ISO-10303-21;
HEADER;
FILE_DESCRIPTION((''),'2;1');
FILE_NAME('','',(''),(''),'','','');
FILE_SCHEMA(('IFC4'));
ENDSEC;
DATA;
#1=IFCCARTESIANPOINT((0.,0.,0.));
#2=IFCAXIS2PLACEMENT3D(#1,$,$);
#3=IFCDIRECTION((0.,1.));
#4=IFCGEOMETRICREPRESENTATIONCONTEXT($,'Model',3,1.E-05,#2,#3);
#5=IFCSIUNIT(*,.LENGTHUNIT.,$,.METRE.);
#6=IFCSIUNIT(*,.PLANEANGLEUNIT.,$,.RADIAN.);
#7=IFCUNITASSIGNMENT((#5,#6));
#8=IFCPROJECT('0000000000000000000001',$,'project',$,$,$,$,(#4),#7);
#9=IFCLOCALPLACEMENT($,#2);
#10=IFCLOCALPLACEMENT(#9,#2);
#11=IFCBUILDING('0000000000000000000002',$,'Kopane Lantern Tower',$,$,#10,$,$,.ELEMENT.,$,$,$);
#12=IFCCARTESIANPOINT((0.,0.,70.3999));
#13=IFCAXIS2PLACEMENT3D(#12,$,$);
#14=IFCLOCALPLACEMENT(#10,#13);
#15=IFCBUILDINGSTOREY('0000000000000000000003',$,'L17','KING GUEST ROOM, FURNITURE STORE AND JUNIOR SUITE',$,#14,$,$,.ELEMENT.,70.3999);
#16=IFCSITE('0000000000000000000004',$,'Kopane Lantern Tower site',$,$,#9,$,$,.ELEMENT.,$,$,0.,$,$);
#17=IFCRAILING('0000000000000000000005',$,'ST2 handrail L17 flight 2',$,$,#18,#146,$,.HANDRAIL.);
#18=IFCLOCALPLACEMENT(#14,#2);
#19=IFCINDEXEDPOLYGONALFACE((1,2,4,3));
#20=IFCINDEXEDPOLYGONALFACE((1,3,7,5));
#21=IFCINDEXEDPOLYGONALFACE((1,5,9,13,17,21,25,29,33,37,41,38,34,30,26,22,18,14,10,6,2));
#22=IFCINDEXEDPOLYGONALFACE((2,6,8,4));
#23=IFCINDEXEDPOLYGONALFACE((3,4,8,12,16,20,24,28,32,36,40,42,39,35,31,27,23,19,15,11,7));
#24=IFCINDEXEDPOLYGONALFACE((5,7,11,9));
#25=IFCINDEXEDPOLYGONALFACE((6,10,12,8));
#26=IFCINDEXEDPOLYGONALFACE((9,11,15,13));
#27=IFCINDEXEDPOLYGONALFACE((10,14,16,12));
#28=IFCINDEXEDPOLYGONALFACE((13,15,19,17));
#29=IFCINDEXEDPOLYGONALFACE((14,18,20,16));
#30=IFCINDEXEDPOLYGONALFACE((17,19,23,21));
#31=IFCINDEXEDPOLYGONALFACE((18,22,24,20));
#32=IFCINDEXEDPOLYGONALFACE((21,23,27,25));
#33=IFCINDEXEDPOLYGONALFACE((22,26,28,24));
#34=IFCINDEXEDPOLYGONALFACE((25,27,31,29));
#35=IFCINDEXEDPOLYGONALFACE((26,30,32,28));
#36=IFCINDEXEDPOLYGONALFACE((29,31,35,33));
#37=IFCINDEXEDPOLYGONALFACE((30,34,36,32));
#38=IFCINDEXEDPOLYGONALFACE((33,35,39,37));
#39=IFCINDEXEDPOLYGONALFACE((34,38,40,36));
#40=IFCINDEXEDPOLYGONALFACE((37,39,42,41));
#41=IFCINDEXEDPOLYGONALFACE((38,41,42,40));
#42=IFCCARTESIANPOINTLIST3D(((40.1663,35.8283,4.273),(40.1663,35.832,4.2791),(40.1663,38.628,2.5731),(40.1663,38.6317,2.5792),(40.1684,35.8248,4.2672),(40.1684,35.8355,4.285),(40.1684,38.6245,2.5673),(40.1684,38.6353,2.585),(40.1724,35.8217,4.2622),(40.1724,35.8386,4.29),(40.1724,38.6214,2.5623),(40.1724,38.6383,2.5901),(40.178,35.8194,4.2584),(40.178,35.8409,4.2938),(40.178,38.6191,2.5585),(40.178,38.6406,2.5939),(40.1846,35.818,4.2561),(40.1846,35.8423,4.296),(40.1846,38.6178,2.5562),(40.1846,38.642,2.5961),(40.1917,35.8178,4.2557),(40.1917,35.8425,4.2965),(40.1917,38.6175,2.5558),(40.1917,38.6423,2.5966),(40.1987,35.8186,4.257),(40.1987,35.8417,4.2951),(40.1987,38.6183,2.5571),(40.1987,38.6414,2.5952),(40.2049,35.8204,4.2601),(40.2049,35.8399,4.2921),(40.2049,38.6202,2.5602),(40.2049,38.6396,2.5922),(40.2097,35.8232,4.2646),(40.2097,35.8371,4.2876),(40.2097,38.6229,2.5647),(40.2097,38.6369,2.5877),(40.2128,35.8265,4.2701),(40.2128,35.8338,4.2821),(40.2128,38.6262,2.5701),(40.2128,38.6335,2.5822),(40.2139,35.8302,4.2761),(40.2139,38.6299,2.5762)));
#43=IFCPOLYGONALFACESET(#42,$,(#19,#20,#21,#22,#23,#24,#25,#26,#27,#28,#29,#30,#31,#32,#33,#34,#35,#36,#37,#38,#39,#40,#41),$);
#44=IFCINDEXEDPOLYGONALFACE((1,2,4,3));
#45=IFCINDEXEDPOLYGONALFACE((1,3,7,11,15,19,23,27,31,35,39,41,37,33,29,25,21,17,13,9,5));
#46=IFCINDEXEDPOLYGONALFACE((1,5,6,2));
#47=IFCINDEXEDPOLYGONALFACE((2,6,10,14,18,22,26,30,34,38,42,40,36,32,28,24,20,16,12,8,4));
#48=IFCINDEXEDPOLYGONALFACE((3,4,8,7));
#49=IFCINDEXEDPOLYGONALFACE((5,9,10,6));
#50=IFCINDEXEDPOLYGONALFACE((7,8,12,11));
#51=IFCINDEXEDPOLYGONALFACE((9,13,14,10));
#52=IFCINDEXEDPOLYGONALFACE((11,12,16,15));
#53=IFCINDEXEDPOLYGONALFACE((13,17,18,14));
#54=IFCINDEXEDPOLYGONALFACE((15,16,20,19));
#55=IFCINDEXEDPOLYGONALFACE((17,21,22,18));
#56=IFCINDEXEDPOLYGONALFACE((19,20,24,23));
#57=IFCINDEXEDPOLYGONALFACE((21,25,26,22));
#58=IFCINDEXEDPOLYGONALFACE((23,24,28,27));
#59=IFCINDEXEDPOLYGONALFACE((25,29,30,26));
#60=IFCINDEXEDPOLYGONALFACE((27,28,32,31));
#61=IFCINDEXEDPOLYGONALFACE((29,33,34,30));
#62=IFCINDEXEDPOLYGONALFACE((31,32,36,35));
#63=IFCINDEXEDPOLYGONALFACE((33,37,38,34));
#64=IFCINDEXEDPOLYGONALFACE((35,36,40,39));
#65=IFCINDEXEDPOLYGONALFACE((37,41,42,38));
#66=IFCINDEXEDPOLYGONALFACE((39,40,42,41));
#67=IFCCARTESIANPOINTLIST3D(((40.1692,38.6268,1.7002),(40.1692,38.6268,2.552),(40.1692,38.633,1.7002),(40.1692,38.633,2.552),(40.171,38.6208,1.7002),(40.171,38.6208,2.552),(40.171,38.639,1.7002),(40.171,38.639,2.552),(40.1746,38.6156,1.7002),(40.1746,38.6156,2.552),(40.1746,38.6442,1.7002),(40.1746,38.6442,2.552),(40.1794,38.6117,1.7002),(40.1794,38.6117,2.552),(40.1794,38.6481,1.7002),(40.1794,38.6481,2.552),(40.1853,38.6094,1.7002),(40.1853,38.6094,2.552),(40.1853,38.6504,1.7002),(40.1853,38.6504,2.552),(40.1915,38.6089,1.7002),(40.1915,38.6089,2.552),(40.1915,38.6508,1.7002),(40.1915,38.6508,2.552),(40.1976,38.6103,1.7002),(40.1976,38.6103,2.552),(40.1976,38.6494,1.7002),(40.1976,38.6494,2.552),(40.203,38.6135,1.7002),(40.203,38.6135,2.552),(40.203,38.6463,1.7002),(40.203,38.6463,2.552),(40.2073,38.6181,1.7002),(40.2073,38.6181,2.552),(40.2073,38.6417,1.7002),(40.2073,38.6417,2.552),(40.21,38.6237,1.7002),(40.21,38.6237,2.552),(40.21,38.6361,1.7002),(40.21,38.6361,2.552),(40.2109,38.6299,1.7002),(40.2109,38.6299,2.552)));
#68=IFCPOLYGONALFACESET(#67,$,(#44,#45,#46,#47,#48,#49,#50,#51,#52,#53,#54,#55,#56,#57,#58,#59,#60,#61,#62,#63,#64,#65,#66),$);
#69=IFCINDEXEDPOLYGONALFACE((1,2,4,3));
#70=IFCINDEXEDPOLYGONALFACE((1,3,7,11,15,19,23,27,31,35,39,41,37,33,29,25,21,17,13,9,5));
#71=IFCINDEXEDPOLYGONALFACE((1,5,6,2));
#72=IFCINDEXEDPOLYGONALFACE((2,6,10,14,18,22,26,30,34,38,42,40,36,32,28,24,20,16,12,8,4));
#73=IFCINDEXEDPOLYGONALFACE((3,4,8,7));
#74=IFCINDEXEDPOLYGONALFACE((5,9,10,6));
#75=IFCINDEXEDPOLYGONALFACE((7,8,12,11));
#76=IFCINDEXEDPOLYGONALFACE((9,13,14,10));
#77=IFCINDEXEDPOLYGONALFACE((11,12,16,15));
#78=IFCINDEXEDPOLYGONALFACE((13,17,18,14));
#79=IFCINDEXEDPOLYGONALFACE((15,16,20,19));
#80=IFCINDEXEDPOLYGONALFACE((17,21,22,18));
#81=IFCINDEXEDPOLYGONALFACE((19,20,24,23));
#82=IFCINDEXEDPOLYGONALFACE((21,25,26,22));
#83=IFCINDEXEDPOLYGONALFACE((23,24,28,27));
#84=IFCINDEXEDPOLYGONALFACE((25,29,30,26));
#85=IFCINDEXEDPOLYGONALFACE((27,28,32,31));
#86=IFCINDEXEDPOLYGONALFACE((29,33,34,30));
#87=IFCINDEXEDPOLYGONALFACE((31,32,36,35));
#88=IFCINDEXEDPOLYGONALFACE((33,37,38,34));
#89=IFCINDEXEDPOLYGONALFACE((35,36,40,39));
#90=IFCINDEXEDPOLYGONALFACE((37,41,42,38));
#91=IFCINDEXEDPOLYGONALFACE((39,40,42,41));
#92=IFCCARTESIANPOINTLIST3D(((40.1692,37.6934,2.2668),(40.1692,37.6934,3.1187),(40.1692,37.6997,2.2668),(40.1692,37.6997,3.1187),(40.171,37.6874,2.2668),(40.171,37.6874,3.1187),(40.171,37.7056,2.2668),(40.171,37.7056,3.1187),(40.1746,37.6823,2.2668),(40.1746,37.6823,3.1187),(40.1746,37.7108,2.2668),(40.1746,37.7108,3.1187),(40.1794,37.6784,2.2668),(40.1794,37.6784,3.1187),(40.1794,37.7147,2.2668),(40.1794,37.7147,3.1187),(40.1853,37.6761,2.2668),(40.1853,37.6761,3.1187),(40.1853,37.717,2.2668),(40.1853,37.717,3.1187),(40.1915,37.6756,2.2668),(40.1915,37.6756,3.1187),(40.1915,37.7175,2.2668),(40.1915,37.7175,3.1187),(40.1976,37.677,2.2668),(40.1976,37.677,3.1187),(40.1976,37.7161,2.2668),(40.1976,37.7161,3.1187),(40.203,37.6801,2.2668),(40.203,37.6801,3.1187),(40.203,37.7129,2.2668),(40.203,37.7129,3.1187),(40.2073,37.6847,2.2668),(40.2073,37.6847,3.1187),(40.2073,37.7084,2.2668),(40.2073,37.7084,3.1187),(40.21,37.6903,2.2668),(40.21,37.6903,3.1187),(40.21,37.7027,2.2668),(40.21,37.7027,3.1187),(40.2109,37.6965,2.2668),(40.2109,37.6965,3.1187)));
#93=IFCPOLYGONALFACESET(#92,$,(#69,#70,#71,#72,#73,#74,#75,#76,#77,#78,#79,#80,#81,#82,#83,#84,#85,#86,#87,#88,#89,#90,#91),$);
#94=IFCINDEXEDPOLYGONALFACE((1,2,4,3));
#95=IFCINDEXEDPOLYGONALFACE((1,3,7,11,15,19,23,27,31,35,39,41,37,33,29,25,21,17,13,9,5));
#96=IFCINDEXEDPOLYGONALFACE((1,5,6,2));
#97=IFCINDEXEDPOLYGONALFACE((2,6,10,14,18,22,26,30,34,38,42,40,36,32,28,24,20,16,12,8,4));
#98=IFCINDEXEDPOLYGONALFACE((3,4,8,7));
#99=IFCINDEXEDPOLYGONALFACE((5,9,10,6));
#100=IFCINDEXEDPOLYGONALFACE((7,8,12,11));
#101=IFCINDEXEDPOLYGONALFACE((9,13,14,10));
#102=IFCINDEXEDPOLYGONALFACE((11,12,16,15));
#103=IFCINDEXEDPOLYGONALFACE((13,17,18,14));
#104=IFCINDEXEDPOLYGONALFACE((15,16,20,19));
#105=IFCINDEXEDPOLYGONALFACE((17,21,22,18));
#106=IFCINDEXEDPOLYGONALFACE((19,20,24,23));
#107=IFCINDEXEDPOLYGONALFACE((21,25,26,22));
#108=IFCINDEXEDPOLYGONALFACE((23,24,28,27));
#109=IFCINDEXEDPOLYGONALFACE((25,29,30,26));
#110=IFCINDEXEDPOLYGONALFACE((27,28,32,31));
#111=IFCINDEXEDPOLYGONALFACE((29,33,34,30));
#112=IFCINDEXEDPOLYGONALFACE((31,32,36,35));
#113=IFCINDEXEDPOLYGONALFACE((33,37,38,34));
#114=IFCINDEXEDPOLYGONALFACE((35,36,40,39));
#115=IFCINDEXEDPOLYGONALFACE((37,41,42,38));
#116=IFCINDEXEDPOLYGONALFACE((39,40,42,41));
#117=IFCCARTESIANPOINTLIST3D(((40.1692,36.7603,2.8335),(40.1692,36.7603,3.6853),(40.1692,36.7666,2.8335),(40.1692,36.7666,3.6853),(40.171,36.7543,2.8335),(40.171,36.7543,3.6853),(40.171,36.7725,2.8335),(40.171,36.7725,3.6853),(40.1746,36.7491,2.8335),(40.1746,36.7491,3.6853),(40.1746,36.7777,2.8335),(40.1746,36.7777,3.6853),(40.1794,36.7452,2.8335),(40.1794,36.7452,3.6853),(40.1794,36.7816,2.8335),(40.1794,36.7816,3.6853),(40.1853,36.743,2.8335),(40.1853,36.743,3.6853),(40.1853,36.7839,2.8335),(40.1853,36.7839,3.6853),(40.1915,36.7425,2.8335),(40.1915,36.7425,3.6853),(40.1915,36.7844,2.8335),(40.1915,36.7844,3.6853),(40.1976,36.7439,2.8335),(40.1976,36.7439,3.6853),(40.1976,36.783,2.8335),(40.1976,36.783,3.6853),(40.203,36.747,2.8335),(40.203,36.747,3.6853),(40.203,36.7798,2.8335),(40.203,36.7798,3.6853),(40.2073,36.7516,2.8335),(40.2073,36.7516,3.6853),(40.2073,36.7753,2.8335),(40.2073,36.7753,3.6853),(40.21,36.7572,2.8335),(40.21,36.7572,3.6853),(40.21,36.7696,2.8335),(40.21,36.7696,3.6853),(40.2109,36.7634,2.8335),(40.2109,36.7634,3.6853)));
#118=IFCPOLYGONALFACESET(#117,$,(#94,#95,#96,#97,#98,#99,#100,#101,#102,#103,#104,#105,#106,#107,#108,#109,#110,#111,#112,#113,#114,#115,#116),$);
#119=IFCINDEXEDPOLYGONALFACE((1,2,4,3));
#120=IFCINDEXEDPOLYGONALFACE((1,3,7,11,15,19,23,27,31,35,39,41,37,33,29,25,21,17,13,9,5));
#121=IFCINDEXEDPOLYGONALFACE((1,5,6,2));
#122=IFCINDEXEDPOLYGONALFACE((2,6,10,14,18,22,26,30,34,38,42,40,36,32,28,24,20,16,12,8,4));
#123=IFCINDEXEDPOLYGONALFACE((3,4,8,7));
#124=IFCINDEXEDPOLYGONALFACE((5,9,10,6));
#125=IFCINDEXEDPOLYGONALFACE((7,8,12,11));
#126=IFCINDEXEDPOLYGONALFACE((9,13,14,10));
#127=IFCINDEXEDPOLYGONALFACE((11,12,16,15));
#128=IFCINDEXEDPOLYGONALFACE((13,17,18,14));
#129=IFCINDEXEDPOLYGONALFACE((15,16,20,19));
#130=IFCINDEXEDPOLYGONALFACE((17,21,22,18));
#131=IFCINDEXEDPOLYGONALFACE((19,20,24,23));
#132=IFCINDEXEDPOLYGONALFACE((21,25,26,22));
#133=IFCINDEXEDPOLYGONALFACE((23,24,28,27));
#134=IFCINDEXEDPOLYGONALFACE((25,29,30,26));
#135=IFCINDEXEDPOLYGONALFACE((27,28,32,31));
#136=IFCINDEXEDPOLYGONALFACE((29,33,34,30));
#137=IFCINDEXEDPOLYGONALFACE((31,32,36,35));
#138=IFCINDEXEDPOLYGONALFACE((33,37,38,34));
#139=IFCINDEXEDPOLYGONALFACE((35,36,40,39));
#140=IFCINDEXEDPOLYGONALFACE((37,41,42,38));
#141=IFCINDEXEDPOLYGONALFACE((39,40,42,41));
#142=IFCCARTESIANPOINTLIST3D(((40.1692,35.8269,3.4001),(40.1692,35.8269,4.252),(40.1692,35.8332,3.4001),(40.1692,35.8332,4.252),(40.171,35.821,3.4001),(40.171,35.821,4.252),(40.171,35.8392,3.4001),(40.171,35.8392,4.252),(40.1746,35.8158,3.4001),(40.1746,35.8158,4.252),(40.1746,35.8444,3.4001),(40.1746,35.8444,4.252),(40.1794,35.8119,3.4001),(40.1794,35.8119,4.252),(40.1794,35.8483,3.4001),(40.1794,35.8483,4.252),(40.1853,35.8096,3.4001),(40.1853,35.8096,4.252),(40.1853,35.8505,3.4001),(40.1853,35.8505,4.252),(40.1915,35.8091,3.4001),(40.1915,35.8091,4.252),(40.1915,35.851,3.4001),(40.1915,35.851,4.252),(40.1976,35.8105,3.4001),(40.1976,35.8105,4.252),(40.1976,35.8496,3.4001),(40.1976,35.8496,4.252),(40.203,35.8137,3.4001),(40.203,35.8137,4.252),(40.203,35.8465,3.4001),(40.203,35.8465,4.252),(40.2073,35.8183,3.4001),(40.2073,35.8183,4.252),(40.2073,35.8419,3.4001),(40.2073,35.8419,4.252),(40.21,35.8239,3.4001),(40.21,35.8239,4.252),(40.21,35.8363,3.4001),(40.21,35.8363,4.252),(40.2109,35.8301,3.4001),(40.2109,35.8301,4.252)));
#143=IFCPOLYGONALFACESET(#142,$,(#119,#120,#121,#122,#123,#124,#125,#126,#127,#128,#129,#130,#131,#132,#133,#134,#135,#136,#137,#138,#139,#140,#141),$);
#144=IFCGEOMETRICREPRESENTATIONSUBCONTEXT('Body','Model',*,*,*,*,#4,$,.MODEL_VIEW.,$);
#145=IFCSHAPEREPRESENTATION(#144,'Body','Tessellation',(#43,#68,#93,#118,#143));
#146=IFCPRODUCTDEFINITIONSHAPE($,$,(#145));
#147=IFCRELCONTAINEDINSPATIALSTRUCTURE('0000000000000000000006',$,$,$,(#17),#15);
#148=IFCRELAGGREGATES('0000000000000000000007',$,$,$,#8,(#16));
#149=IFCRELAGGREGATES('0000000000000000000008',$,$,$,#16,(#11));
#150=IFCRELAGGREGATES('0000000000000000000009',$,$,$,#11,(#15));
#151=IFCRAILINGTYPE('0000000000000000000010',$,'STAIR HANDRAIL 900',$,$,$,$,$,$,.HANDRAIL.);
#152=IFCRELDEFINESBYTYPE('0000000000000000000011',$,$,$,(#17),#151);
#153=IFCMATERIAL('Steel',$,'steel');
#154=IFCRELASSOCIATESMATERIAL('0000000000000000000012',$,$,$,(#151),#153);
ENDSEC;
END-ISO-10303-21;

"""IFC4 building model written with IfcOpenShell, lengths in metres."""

from ifc_helpers import new_model, si_unit, direction, frame, origin, origin_2d, place, context, subcontext, project, spatial, circle, extrude, material, type_object, element, save


model = new_model("IFC4")

# Units and contexts
model_context = context("Model", 3, precision=1e-05, world=origin(), true_north=direction((0.0, 1.0)))
body_context = subcontext(model_context, "Body", "Model", "MODEL_VIEW")
ifc_project = project(units=[si_unit("LENGTHUNIT", "METRE"), si_unit("PLANEANGLEUNIT", "RADIAN")], contexts=[model_context])

# Site, building, storey
site_placement = place(None, origin())
site = spatial("IfcSite", under=ifc_project, at=site_placement, Name="Kopane Lantern Tower site", CompositionType="ELEMENT", RefElevation=0.0)
building_placement = place(site_placement, origin())
building = spatial("IfcBuilding", under=site, at=building_placement, Name="Kopane Lantern Tower", CompositionType="ELEMENT")
storey_placement = place(building_placement, frame((0.0, 0.0, 70.3999)))
storey = spatial("IfcBuildingStorey", under=building, at=storey_placement, Name="L17", Description="KING GUEST ROOM, FURNITURE STORE AND JUNIOR SUITE", CompositionType="ELEMENT", Elevation=70.3999)

# Railing
ifc_material_1 = material(Name="Steel", Category="steel")
railing_type = type_object("IfcRailingType", Name="STAIR HANDRAIL 900", PredefinedType="HANDRAIL", material=ifc_material_1)
for number, where, name in (
    (1, (40.1899, 38.6299, 1.7002), "ST2 handrail L17 flight 2"),
):
    element("IfcRailing", number, at=place(storey_placement, frame(where)), inside=storey, type_object=railing_type, Name=name, PredefinedType="HANDRAIL", context=body_context, shape_type="SweptSolid", body=[
        extrude(circle(Radius=0.0239, at=origin_2d()), frame((0.0, 0.0, 0.876), z_axis=(0.0, -0.854778, 0.518994), x_axis=(1.0, 0.0, 0.0)), (0.0, 0.0, 1.0), 3.2754),
        extrude(circle(Radius=0.021, at=origin_2d()), origin(), (0.0, 0.0, 1.0), 0.8518),
        extrude(circle(Radius=0.021, at=origin_2d()), frame((0.0, -0.9333, 0.5667)), (0.0, 0.0, 1.0), 0.8518),
        extrude(circle(Radius=0.021, at=origin_2d()), frame((0.0, -1.8665, 1.1333)), (0.0, 0.0, 1.0), 0.8518),
        extrude(circle(Radius=0.021, at=origin_2d()), frame((0.0, -2.7998, 1.7)), (0.0, 0.0, 1.0), 0.8518),
    ])

save(model, "model.ifc")
